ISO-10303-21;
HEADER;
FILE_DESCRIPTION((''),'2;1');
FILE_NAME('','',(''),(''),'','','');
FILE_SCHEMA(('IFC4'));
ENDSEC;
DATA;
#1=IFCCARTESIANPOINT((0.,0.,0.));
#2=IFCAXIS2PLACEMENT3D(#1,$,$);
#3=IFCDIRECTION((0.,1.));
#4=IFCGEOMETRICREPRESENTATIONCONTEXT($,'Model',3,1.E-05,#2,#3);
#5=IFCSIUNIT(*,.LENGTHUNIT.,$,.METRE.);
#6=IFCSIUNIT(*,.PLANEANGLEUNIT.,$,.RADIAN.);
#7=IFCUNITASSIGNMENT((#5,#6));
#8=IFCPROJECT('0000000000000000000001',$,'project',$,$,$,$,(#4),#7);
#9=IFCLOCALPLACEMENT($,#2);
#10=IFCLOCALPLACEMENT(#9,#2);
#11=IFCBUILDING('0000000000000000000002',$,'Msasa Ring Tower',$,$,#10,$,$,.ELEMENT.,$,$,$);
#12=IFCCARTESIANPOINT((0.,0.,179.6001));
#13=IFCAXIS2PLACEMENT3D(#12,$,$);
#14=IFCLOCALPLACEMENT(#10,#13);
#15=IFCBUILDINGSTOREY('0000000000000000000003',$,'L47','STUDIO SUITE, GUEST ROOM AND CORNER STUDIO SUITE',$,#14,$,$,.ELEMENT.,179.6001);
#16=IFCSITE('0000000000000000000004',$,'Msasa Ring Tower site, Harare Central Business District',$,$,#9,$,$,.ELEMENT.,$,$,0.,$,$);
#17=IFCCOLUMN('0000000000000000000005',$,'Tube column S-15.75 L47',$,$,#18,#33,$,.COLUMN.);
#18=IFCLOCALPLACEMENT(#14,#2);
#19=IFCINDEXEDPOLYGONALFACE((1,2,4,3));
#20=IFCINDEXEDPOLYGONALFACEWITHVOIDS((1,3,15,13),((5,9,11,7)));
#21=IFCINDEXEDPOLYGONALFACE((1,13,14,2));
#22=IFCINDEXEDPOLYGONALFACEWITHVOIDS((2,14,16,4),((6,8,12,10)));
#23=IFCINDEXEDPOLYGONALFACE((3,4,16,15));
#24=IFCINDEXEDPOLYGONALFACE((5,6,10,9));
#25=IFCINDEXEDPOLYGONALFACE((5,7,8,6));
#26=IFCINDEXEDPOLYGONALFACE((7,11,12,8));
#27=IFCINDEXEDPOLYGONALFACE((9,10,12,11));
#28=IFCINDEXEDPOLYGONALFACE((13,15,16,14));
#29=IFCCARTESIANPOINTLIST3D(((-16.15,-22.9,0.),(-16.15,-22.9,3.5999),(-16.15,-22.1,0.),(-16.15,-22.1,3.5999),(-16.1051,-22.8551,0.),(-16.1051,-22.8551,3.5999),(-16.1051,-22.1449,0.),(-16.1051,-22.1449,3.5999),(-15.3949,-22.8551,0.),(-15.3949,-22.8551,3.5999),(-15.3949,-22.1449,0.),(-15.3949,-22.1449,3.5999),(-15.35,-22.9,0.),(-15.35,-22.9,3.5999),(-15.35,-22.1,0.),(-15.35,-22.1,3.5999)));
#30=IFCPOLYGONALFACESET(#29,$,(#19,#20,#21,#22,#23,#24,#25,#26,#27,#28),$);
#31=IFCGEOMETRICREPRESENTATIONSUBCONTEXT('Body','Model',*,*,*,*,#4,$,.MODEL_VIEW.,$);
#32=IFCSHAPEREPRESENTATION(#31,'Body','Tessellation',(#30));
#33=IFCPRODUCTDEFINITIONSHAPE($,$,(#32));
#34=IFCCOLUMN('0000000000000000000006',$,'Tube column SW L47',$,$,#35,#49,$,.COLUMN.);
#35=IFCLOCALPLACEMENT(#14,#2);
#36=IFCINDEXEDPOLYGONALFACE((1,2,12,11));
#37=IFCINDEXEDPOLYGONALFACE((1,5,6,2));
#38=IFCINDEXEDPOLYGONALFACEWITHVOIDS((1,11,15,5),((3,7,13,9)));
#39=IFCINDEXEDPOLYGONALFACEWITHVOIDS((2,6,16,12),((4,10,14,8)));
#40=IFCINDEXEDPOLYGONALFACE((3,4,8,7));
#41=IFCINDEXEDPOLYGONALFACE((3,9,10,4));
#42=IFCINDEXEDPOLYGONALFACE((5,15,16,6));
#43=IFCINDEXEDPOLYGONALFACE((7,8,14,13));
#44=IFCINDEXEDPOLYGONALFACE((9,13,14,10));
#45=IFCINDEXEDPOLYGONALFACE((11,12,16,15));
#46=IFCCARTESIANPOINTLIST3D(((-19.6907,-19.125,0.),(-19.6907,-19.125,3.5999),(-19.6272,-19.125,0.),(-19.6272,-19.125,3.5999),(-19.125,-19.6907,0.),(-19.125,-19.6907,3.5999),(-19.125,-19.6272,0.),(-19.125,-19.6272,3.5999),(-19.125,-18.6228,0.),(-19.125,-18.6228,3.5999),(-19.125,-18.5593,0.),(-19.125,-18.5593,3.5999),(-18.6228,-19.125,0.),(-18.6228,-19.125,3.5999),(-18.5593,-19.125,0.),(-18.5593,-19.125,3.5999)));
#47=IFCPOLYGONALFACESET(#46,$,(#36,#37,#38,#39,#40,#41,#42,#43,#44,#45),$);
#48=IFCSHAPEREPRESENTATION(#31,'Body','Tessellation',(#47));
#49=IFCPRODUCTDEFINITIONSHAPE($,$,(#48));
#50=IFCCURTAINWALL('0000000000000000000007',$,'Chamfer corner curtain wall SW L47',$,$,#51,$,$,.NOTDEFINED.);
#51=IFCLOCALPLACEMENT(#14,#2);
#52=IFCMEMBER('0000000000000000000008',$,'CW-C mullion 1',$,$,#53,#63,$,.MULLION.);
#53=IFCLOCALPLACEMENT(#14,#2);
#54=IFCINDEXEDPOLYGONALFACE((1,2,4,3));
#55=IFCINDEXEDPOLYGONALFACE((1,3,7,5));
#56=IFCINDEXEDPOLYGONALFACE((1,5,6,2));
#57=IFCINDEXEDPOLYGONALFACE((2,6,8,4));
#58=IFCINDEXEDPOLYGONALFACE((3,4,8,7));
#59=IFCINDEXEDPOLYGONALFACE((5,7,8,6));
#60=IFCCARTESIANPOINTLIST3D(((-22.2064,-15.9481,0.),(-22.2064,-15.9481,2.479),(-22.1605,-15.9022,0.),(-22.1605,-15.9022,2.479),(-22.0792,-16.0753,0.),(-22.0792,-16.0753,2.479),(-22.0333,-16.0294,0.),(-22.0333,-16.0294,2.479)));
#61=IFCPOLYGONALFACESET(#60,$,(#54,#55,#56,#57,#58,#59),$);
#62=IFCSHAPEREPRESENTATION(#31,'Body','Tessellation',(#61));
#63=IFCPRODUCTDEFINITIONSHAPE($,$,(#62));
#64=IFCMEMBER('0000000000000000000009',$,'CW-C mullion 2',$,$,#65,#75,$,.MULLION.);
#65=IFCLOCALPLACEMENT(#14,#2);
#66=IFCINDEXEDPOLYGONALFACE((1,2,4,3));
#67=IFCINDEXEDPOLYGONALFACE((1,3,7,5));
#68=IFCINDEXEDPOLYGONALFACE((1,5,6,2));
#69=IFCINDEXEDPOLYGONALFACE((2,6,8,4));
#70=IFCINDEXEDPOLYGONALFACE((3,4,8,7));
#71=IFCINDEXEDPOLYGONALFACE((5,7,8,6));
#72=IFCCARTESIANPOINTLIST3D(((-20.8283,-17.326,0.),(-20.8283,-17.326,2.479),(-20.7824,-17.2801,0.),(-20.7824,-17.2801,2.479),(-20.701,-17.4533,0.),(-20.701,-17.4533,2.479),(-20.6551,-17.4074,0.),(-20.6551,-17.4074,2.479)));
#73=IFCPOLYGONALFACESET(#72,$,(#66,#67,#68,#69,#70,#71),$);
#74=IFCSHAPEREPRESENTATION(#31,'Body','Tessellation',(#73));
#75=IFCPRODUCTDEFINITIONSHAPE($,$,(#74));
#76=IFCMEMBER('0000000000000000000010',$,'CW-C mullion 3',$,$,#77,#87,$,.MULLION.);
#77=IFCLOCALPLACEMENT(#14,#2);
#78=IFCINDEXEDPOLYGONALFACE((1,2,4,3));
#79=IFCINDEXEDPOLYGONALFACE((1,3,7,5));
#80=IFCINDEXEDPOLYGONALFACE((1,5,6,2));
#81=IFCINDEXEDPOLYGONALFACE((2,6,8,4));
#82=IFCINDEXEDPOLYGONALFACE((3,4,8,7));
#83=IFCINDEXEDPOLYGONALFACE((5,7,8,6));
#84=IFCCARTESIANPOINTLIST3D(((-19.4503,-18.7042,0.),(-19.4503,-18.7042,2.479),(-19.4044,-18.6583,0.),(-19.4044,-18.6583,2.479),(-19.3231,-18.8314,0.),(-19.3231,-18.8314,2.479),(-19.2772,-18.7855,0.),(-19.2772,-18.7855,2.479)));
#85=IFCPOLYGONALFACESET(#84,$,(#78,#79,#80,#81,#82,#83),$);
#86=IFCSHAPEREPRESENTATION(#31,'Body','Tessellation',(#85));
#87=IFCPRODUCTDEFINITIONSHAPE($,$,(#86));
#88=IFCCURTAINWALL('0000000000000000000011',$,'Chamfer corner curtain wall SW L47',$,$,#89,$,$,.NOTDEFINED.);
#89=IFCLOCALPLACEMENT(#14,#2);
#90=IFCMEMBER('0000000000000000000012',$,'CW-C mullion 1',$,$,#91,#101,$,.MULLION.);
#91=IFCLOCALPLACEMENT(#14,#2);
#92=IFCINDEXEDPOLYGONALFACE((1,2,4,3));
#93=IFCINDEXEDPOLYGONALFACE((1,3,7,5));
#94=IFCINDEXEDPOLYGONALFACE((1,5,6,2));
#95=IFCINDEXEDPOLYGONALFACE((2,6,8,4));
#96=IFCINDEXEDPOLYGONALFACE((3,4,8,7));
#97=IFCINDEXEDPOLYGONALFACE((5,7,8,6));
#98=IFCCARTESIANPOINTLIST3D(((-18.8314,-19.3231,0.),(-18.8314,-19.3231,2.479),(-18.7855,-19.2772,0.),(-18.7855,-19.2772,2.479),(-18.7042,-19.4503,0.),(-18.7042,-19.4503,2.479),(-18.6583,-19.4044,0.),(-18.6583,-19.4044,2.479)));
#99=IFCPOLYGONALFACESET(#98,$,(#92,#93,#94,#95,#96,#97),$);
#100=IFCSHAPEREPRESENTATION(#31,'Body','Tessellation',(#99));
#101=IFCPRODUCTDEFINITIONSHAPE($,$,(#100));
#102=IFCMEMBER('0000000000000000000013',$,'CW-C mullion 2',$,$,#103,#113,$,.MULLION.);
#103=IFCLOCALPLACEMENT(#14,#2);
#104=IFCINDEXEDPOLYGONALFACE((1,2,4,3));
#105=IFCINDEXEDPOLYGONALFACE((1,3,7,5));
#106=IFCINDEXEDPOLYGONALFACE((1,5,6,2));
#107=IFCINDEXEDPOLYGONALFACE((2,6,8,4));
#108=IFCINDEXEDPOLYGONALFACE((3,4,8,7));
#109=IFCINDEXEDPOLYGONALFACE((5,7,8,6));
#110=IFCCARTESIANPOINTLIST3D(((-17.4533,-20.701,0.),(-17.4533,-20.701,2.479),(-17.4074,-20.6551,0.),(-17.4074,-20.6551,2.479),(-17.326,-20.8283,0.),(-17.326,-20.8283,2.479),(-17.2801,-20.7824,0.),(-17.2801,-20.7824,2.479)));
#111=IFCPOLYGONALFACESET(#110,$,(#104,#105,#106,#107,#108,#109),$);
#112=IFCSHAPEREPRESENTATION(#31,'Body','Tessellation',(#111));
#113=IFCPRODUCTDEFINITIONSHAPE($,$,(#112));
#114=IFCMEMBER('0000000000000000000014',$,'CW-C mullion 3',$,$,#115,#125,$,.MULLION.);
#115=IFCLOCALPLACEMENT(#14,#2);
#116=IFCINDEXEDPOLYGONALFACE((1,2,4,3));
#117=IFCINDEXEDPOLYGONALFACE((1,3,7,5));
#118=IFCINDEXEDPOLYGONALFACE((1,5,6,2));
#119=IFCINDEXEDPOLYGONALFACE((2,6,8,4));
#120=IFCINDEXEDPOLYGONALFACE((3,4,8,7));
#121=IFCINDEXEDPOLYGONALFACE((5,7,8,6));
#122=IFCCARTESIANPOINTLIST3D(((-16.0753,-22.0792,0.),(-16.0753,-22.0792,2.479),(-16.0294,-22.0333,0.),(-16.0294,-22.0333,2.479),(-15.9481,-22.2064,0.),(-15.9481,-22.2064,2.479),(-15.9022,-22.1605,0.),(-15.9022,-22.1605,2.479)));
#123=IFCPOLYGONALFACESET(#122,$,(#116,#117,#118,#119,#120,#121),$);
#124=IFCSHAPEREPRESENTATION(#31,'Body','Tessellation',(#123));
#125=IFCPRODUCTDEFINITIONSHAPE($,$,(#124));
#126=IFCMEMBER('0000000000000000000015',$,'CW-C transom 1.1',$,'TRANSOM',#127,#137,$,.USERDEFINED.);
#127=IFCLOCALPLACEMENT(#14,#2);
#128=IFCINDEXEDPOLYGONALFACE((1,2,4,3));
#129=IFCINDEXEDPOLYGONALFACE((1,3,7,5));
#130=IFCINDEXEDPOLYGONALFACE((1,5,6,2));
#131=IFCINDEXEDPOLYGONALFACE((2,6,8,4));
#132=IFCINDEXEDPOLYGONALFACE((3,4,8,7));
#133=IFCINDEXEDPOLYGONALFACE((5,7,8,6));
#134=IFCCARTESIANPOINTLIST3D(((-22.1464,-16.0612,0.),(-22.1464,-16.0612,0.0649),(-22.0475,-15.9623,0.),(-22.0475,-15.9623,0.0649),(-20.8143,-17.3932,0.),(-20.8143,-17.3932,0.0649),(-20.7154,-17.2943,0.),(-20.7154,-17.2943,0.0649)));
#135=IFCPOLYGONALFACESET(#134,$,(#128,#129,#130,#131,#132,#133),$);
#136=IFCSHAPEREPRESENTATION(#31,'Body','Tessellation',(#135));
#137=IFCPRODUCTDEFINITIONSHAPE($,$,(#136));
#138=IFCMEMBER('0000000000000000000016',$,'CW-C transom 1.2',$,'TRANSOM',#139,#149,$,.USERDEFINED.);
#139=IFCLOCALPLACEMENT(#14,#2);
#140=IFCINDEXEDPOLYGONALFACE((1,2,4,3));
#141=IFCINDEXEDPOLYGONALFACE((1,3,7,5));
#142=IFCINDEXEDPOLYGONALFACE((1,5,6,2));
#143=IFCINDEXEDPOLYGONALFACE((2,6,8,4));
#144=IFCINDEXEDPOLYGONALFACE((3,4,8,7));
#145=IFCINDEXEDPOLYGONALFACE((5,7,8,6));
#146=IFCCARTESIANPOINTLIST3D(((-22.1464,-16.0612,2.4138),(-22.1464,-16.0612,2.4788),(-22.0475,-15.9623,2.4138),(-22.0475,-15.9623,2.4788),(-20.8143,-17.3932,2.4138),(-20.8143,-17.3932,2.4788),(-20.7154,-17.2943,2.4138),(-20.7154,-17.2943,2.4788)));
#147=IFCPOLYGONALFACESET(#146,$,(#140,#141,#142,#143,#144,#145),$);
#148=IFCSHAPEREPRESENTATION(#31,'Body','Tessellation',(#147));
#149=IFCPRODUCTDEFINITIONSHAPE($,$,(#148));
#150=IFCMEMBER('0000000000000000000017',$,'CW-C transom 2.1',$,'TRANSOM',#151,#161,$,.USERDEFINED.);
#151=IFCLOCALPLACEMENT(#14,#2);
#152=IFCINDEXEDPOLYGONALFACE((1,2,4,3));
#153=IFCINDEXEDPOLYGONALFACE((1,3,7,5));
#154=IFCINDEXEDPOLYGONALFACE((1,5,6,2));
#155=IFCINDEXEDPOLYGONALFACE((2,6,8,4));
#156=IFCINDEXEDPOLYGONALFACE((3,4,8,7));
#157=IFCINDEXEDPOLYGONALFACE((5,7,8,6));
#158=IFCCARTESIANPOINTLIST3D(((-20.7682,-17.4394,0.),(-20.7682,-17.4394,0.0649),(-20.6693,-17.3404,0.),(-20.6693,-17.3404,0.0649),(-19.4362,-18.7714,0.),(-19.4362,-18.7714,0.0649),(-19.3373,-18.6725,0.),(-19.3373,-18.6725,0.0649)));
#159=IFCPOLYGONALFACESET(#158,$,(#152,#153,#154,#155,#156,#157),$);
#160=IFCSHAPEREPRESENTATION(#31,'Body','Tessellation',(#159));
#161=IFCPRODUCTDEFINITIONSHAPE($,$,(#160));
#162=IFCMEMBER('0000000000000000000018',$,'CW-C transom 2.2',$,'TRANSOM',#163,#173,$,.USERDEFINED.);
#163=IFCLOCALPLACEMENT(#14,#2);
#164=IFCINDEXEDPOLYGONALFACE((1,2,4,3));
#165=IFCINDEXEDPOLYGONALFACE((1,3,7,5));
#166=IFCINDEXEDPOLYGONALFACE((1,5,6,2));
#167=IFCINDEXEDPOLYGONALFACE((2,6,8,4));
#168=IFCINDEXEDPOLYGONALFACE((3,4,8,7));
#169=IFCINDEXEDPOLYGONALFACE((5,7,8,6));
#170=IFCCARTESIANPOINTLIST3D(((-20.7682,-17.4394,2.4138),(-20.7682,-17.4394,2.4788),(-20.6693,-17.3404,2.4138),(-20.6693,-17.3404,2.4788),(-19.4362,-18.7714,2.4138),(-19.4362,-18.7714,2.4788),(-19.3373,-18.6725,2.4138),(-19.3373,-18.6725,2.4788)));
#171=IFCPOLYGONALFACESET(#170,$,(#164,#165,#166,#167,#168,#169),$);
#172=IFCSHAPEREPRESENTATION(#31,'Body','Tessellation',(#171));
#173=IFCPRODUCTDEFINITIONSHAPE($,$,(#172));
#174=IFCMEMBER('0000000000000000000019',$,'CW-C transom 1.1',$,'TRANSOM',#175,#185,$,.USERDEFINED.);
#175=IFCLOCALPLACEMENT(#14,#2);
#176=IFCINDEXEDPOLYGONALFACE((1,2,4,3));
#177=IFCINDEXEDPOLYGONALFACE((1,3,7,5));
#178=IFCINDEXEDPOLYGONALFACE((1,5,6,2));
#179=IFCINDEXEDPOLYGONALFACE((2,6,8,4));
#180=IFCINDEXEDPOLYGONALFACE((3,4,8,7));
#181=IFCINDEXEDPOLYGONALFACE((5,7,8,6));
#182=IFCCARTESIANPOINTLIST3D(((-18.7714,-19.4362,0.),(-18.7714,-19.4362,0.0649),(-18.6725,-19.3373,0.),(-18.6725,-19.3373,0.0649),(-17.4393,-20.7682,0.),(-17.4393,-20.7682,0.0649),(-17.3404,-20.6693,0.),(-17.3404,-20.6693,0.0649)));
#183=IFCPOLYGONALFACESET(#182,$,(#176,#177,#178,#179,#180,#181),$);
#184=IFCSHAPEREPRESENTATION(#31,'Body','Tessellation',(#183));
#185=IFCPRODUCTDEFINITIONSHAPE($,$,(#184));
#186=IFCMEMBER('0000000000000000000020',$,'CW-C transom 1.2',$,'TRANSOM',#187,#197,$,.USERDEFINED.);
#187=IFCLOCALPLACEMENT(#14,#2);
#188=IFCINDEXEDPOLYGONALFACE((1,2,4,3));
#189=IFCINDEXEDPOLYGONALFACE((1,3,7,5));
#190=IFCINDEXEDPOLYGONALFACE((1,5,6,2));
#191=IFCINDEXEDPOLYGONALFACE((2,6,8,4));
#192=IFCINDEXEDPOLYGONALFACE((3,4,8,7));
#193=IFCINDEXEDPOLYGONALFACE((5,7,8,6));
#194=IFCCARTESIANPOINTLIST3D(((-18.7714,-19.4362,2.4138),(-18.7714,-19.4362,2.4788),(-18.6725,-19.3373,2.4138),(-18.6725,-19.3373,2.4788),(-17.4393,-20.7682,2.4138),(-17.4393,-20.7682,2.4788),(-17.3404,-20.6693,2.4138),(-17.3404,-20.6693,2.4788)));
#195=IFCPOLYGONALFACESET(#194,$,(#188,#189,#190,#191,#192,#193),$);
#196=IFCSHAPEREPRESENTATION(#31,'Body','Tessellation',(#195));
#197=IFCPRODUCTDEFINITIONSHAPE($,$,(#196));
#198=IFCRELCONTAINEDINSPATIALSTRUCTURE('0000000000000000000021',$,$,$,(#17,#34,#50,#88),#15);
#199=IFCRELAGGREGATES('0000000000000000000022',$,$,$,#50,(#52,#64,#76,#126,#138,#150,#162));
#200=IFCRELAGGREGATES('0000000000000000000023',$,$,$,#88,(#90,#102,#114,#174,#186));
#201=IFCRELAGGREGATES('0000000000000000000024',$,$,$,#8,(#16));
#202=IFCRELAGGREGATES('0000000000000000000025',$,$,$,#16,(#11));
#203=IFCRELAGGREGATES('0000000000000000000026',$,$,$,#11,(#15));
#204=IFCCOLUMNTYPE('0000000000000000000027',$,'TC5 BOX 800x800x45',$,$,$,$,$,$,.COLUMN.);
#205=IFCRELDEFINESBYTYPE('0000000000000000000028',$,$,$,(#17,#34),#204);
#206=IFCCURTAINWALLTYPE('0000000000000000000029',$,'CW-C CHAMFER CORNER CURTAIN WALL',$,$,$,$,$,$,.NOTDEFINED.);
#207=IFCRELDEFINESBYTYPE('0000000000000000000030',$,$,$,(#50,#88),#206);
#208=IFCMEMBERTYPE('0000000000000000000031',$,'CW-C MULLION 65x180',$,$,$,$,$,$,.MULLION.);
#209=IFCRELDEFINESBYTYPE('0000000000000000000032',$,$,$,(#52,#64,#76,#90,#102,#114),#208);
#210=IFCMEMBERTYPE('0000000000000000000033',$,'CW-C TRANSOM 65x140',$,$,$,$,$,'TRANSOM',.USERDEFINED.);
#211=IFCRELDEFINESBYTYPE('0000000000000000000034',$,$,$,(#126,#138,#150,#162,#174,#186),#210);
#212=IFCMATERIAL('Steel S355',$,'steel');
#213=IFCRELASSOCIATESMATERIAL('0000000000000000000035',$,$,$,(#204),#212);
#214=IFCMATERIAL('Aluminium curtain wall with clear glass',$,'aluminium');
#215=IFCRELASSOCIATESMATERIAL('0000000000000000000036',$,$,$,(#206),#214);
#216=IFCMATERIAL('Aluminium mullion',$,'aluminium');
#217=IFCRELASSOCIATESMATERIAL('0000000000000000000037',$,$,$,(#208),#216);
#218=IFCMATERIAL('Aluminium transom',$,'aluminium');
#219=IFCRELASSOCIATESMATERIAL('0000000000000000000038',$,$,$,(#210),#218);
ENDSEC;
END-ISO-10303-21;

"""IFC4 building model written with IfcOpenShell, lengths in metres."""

from ifc_helpers import new_model, si_unit, direction, frame, origin, origin_2d, place, context, subcontext, project, spatial, rectangle, hollow_rectangle, extrude, material, material_profile, profile_set, type_object, element, aggregate, save


model = new_model("IFC4")

# Units and contexts
model_context = context("Model", 3, precision=1e-05, world=origin(), true_north=direction((0.0, 1.0)))
body_context = subcontext(model_context, "Body", "Model", "MODEL_VIEW")
ifc_project = project(units=[si_unit("LENGTHUNIT", "METRE"), si_unit("PLANEANGLEUNIT", "RADIAN")], contexts=[model_context])

# Site, building, storey
site_placement = place(None, origin())
site = spatial("IfcSite", under=ifc_project, at=site_placement, Name="Msasa Ring Tower site, Harare Central Business District", CompositionType="ELEMENT", RefElevation=0.0)
building_placement = place(site_placement, origin())
building = spatial("IfcBuilding", under=site, at=building_placement, Name="Msasa Ring Tower", CompositionType="ELEMENT")
storey_placement = place(building_placement, frame((0.0, 0.0, 179.6001)))
storey = spatial("IfcBuildingStorey", under=building, at=storey_placement, Name="L47", Description="STUDIO SUITE, GUEST ROOM AND CORNER STUDIO SUITE", CompositionType="ELEMENT", Elevation=179.6001)

# Columns
ifc_material_1 = material(Name="Steel S355", Category="steel")
ifc_material_profile_1 = material_profile(ifc_material_1, hollow_rectangle(XDim=0.8, YDim=0.8, WallThickness=0.0449, at=origin_2d()), Name="BOX 800x800x45")
ifc_profile_set_1 = profile_set([ifc_material_profile_1], Name="Steel S355")
column_type = type_object("IfcColumnType", Name="TC5 BOX 800x800x45", PredefinedType="COLUMN", material=ifc_profile_set_1)
for number, where, z_axis, x_axis, name in (
    (1, (-15.75, -22.5, 0.0), (0.0, 0.0, 1.0), (0.0, 1.0, 0.0), "Tube column S-15.75 L47"),
    (2, (-19.125, -19.125, 0.0), (0.0, 0.0, 1.0), (0.707107, 0.707107, 0.0), "Tube column SW L47"),
):
    element("IfcColumn", number, at=place(storey_placement, frame(where, z_axis=z_axis, x_axis=x_axis)), inside=storey, type_object=column_type, Name=name, PredefinedType="COLUMN", context=body_context, shape_type="SweptSolid", body=[
        extrude(hollow_rectangle(XDim=0.8, YDim=0.8, WallThickness=0.0449, at=origin_2d()), origin(), (0.0, 0.0, 1.0), 3.5999),
    ])

# Curtain walls, members
ifc_material_2 = material(Name="Aluminium curtain wall with clear glass", Category="aluminium")
curtain_wall_type = type_object("IfcCurtainWallType", Name="CW-C CHAMFER CORNER CURTAIN WALL", PredefinedType="NOTDEFINED", material=ifc_material_2)
curtain_wall_1_placement = place(storey_placement, origin())
curtain_wall_1 = element("IfcCurtainWall", 3, at=curtain_wall_1_placement, inside=storey, type_object=curtain_wall_type, Name="Chamfer corner curtain wall SW L47", PredefinedType="NOTDEFINED")
ifc_material_3 = material(Name="Aluminium mullion", Category="aluminium")
ifc_material_profile_2 = material_profile(ifc_material_3, rectangle(XDim=0.0649, YDim=0.1799, at=origin_2d()), Name="AL 65x180")
ifc_profile_set_2 = profile_set([ifc_material_profile_2], Name="Aluminium mullion")
member_type_1 = type_object("IfcMemberType", Name="CW-C MULLION 65x180", PredefinedType="MULLION", material=ifc_profile_set_2)
member_1_placement = place(storey_placement, frame((-22.1199, -15.9888, 0.0), z_axis=(0.0, 0.0, 1.0), x_axis=(0.707107, 0.707107, 0.0)))
member_1 = element("IfcMember", 4, at=member_1_placement, type_object=member_type_1, Name="CW-C mullion 1", PredefinedType="MULLION", context=body_context, shape_type="SweptSolid", body=[
    extrude(rectangle(XDim=0.0649, YDim=0.1799, at=origin_2d()), origin(), (0.0, 0.0, 1.0), 2.479),
])
member_2_placement = place(storey_placement, frame((-20.7417, -17.3667, 0.0), z_axis=(0.0, 0.0, 1.0), x_axis=(0.707107, 0.707107, 0.0)))
member_2 = element("IfcMember", 5, at=member_2_placement, type_object=member_type_1, Name="CW-C mullion 2", PredefinedType="MULLION", context=body_context, shape_type="SweptSolid", body=[
    extrude(rectangle(XDim=0.0649, YDim=0.1799, at=origin_2d()), origin(), (0.0, 0.0, 1.0), 2.479),
])
member_3_placement = place(storey_placement, frame((-19.3638, -18.7449, 0.0), z_axis=(0.0, 0.0, 1.0), x_axis=(0.707107, 0.707107, 0.0)))
member_3 = element("IfcMember", 6, at=member_3_placement, type_object=member_type_1, Name="CW-C mullion 3", PredefinedType="MULLION", context=body_context, shape_type="SweptSolid", body=[
    extrude(rectangle(XDim=0.0649, YDim=0.1799, at=origin_2d()), origin(), (0.0, 0.0, 1.0), 2.479),
])
curtain_wall_2_placement = place(storey_placement, origin())
curtain_wall_2 = element("IfcCurtainWall", 7, at=curtain_wall_2_placement, inside=storey, type_object=curtain_wall_type, Name="Chamfer corner curtain wall SW L47", PredefinedType="NOTDEFINED")
member_4_placement = place(storey_placement, frame((-18.7449, -19.3638, 0.0), z_axis=(0.0, 0.0, 1.0), x_axis=(0.707107, 0.707107, 0.0)))
member_4 = element("IfcMember", 8, at=member_4_placement, type_object=member_type_1, Name="CW-C mullion 1", PredefinedType="MULLION", context=body_context, shape_type="SweptSolid", body=[
    extrude(rectangle(XDim=0.0649, YDim=0.1799, at=origin_2d()), origin(), (0.0, 0.0, 1.0), 2.479),
])
member_5_placement = place(storey_placement, frame((-17.3667, -20.7417, 0.0), z_axis=(0.0, 0.0, 1.0), x_axis=(0.707107, 0.707107, 0.0)))
member_5 = element("IfcMember", 9, at=member_5_placement, type_object=member_type_1, Name="CW-C mullion 2", PredefinedType="MULLION", context=body_context, shape_type="SweptSolid", body=[
    extrude(rectangle(XDim=0.0649, YDim=0.1799, at=origin_2d()), origin(), (0.0, 0.0, 1.0), 2.479),
])
member_6_placement = place(storey_placement, frame((-15.9888, -22.1199, 0.0), z_axis=(0.0, 0.0, 1.0), x_axis=(0.707107, 0.707107, 0.0)))
member_6 = element("IfcMember", 10, at=member_6_placement, type_object=member_type_1, Name="CW-C mullion 3", PredefinedType="MULLION", context=body_context, shape_type="SweptSolid", body=[
    extrude(rectangle(XDim=0.0649, YDim=0.1799, at=origin_2d()), origin(), (0.0, 0.0, 1.0), 2.479),
])

# Members
ifc_material_4 = material(Name="Aluminium transom", Category="aluminium")
ifc_material_profile_3 = material_profile(ifc_material_4, rectangle(XDim=0.1399, YDim=0.0649, at=origin_2d()), Name="AL 65x140")
ifc_profile_set_3 = profile_set([ifc_material_profile_3], Name="Aluminium transom")
member_type_2 = type_object("IfcMemberType", Name="CW-C TRANSOM 65x140", ElementType="TRANSOM", PredefinedType="USERDEFINED", material=ifc_profile_set_3)
member_7_placement = place(storey_placement, frame((-22.0969, -16.0117, 0.0325), z_axis=(0.707107, -0.707107, 0.0), x_axis=(0.707107, 0.707107, 0.0)))
member_7 = element("IfcMember", 11, at=member_7_placement, type_object=member_type_2, Name="CW-C transom 1.1", ObjectType="TRANSOM", PredefinedType="USERDEFINED", context=body_context, shape_type="SweptSolid", body=[
    extrude(rectangle(XDim=0.1399, YDim=0.0649, at=origin_2d()), origin(), (0.0, 0.0, 1.0), 1.8838),
])
member_8_placement = place(storey_placement, frame((-22.0969, -16.0117, 2.4463), z_axis=(0.707107, -0.707107, 0.0), x_axis=(0.707107, 0.707107, 0.0)))
member_8 = element("IfcMember", 12, at=member_8_placement, type_object=member_type_2, Name="CW-C transom 1.2", ObjectType="TRANSOM", PredefinedType="USERDEFINED", context=body_context, shape_type="SweptSolid", body=[
    extrude(rectangle(XDim=0.1399, YDim=0.0649, at=origin_2d()), origin(), (0.0, 0.0, 1.0), 1.8838),
])
member_9_placement = place(storey_placement, frame((-20.7188, -17.3899, 0.0325), z_axis=(0.707107, -0.707107, 0.0), x_axis=(0.707107, 0.707107, 0.0)))
member_9 = element("IfcMember", 13, at=member_9_placement, type_object=member_type_2, Name="CW-C transom 2.1", ObjectType="TRANSOM", PredefinedType="USERDEFINED", context=body_context, shape_type="SweptSolid", body=[
    extrude(rectangle(XDim=0.1399, YDim=0.0649, at=origin_2d()), origin(), (0.0, 0.0, 1.0), 1.8838),
])
member_10_placement = place(storey_placement, frame((-20.7188, -17.3899, 2.4463), z_axis=(0.707107, -0.707107, 0.0), x_axis=(0.707107, 0.707107, 0.0)))
member_10 = element("IfcMember", 14, at=member_10_placement, type_object=member_type_2, Name="CW-C transom 2.2", ObjectType="TRANSOM", PredefinedType="USERDEFINED", context=body_context, shape_type="SweptSolid", body=[
    extrude(rectangle(XDim=0.1399, YDim=0.0649, at=origin_2d()), origin(), (0.0, 0.0, 1.0), 1.8838),
])
member_11_placement = place(storey_placement, frame((-18.7219, -19.3867, 0.0325), z_axis=(0.707107, -0.707107, 0.0), x_axis=(0.707107, 0.707107, 0.0)))
member_11 = element("IfcMember", 15, at=member_11_placement, type_object=member_type_2, Name="CW-C transom 1.1", ObjectType="TRANSOM", PredefinedType="USERDEFINED", context=body_context, shape_type="SweptSolid", body=[
    extrude(rectangle(XDim=0.1399, YDim=0.0649, at=origin_2d()), origin(), (0.0, 0.0, 1.0), 1.8838),
])
member_12_placement = place(storey_placement, frame((-18.7219, -19.3867, 2.4463), z_axis=(0.707107, -0.707107, 0.0), x_axis=(0.707107, 0.707107, 0.0)))
member_12 = element("IfcMember", 16, at=member_12_placement, type_object=member_type_2, Name="CW-C transom 1.2", ObjectType="TRANSOM", PredefinedType="USERDEFINED", context=body_context, shape_type="SweptSolid", body=[
    extrude(rectangle(XDim=0.1399, YDim=0.0649, at=origin_2d()), origin(), (0.0, 0.0, 1.0), 1.8838),
])

aggregate(curtain_wall_1, [member_1, member_2, member_3, member_7, member_8, member_9, member_10])
aggregate(curtain_wall_2, [member_4, member_5, member_6, member_11, member_12])

save(model, "model.ifc")
